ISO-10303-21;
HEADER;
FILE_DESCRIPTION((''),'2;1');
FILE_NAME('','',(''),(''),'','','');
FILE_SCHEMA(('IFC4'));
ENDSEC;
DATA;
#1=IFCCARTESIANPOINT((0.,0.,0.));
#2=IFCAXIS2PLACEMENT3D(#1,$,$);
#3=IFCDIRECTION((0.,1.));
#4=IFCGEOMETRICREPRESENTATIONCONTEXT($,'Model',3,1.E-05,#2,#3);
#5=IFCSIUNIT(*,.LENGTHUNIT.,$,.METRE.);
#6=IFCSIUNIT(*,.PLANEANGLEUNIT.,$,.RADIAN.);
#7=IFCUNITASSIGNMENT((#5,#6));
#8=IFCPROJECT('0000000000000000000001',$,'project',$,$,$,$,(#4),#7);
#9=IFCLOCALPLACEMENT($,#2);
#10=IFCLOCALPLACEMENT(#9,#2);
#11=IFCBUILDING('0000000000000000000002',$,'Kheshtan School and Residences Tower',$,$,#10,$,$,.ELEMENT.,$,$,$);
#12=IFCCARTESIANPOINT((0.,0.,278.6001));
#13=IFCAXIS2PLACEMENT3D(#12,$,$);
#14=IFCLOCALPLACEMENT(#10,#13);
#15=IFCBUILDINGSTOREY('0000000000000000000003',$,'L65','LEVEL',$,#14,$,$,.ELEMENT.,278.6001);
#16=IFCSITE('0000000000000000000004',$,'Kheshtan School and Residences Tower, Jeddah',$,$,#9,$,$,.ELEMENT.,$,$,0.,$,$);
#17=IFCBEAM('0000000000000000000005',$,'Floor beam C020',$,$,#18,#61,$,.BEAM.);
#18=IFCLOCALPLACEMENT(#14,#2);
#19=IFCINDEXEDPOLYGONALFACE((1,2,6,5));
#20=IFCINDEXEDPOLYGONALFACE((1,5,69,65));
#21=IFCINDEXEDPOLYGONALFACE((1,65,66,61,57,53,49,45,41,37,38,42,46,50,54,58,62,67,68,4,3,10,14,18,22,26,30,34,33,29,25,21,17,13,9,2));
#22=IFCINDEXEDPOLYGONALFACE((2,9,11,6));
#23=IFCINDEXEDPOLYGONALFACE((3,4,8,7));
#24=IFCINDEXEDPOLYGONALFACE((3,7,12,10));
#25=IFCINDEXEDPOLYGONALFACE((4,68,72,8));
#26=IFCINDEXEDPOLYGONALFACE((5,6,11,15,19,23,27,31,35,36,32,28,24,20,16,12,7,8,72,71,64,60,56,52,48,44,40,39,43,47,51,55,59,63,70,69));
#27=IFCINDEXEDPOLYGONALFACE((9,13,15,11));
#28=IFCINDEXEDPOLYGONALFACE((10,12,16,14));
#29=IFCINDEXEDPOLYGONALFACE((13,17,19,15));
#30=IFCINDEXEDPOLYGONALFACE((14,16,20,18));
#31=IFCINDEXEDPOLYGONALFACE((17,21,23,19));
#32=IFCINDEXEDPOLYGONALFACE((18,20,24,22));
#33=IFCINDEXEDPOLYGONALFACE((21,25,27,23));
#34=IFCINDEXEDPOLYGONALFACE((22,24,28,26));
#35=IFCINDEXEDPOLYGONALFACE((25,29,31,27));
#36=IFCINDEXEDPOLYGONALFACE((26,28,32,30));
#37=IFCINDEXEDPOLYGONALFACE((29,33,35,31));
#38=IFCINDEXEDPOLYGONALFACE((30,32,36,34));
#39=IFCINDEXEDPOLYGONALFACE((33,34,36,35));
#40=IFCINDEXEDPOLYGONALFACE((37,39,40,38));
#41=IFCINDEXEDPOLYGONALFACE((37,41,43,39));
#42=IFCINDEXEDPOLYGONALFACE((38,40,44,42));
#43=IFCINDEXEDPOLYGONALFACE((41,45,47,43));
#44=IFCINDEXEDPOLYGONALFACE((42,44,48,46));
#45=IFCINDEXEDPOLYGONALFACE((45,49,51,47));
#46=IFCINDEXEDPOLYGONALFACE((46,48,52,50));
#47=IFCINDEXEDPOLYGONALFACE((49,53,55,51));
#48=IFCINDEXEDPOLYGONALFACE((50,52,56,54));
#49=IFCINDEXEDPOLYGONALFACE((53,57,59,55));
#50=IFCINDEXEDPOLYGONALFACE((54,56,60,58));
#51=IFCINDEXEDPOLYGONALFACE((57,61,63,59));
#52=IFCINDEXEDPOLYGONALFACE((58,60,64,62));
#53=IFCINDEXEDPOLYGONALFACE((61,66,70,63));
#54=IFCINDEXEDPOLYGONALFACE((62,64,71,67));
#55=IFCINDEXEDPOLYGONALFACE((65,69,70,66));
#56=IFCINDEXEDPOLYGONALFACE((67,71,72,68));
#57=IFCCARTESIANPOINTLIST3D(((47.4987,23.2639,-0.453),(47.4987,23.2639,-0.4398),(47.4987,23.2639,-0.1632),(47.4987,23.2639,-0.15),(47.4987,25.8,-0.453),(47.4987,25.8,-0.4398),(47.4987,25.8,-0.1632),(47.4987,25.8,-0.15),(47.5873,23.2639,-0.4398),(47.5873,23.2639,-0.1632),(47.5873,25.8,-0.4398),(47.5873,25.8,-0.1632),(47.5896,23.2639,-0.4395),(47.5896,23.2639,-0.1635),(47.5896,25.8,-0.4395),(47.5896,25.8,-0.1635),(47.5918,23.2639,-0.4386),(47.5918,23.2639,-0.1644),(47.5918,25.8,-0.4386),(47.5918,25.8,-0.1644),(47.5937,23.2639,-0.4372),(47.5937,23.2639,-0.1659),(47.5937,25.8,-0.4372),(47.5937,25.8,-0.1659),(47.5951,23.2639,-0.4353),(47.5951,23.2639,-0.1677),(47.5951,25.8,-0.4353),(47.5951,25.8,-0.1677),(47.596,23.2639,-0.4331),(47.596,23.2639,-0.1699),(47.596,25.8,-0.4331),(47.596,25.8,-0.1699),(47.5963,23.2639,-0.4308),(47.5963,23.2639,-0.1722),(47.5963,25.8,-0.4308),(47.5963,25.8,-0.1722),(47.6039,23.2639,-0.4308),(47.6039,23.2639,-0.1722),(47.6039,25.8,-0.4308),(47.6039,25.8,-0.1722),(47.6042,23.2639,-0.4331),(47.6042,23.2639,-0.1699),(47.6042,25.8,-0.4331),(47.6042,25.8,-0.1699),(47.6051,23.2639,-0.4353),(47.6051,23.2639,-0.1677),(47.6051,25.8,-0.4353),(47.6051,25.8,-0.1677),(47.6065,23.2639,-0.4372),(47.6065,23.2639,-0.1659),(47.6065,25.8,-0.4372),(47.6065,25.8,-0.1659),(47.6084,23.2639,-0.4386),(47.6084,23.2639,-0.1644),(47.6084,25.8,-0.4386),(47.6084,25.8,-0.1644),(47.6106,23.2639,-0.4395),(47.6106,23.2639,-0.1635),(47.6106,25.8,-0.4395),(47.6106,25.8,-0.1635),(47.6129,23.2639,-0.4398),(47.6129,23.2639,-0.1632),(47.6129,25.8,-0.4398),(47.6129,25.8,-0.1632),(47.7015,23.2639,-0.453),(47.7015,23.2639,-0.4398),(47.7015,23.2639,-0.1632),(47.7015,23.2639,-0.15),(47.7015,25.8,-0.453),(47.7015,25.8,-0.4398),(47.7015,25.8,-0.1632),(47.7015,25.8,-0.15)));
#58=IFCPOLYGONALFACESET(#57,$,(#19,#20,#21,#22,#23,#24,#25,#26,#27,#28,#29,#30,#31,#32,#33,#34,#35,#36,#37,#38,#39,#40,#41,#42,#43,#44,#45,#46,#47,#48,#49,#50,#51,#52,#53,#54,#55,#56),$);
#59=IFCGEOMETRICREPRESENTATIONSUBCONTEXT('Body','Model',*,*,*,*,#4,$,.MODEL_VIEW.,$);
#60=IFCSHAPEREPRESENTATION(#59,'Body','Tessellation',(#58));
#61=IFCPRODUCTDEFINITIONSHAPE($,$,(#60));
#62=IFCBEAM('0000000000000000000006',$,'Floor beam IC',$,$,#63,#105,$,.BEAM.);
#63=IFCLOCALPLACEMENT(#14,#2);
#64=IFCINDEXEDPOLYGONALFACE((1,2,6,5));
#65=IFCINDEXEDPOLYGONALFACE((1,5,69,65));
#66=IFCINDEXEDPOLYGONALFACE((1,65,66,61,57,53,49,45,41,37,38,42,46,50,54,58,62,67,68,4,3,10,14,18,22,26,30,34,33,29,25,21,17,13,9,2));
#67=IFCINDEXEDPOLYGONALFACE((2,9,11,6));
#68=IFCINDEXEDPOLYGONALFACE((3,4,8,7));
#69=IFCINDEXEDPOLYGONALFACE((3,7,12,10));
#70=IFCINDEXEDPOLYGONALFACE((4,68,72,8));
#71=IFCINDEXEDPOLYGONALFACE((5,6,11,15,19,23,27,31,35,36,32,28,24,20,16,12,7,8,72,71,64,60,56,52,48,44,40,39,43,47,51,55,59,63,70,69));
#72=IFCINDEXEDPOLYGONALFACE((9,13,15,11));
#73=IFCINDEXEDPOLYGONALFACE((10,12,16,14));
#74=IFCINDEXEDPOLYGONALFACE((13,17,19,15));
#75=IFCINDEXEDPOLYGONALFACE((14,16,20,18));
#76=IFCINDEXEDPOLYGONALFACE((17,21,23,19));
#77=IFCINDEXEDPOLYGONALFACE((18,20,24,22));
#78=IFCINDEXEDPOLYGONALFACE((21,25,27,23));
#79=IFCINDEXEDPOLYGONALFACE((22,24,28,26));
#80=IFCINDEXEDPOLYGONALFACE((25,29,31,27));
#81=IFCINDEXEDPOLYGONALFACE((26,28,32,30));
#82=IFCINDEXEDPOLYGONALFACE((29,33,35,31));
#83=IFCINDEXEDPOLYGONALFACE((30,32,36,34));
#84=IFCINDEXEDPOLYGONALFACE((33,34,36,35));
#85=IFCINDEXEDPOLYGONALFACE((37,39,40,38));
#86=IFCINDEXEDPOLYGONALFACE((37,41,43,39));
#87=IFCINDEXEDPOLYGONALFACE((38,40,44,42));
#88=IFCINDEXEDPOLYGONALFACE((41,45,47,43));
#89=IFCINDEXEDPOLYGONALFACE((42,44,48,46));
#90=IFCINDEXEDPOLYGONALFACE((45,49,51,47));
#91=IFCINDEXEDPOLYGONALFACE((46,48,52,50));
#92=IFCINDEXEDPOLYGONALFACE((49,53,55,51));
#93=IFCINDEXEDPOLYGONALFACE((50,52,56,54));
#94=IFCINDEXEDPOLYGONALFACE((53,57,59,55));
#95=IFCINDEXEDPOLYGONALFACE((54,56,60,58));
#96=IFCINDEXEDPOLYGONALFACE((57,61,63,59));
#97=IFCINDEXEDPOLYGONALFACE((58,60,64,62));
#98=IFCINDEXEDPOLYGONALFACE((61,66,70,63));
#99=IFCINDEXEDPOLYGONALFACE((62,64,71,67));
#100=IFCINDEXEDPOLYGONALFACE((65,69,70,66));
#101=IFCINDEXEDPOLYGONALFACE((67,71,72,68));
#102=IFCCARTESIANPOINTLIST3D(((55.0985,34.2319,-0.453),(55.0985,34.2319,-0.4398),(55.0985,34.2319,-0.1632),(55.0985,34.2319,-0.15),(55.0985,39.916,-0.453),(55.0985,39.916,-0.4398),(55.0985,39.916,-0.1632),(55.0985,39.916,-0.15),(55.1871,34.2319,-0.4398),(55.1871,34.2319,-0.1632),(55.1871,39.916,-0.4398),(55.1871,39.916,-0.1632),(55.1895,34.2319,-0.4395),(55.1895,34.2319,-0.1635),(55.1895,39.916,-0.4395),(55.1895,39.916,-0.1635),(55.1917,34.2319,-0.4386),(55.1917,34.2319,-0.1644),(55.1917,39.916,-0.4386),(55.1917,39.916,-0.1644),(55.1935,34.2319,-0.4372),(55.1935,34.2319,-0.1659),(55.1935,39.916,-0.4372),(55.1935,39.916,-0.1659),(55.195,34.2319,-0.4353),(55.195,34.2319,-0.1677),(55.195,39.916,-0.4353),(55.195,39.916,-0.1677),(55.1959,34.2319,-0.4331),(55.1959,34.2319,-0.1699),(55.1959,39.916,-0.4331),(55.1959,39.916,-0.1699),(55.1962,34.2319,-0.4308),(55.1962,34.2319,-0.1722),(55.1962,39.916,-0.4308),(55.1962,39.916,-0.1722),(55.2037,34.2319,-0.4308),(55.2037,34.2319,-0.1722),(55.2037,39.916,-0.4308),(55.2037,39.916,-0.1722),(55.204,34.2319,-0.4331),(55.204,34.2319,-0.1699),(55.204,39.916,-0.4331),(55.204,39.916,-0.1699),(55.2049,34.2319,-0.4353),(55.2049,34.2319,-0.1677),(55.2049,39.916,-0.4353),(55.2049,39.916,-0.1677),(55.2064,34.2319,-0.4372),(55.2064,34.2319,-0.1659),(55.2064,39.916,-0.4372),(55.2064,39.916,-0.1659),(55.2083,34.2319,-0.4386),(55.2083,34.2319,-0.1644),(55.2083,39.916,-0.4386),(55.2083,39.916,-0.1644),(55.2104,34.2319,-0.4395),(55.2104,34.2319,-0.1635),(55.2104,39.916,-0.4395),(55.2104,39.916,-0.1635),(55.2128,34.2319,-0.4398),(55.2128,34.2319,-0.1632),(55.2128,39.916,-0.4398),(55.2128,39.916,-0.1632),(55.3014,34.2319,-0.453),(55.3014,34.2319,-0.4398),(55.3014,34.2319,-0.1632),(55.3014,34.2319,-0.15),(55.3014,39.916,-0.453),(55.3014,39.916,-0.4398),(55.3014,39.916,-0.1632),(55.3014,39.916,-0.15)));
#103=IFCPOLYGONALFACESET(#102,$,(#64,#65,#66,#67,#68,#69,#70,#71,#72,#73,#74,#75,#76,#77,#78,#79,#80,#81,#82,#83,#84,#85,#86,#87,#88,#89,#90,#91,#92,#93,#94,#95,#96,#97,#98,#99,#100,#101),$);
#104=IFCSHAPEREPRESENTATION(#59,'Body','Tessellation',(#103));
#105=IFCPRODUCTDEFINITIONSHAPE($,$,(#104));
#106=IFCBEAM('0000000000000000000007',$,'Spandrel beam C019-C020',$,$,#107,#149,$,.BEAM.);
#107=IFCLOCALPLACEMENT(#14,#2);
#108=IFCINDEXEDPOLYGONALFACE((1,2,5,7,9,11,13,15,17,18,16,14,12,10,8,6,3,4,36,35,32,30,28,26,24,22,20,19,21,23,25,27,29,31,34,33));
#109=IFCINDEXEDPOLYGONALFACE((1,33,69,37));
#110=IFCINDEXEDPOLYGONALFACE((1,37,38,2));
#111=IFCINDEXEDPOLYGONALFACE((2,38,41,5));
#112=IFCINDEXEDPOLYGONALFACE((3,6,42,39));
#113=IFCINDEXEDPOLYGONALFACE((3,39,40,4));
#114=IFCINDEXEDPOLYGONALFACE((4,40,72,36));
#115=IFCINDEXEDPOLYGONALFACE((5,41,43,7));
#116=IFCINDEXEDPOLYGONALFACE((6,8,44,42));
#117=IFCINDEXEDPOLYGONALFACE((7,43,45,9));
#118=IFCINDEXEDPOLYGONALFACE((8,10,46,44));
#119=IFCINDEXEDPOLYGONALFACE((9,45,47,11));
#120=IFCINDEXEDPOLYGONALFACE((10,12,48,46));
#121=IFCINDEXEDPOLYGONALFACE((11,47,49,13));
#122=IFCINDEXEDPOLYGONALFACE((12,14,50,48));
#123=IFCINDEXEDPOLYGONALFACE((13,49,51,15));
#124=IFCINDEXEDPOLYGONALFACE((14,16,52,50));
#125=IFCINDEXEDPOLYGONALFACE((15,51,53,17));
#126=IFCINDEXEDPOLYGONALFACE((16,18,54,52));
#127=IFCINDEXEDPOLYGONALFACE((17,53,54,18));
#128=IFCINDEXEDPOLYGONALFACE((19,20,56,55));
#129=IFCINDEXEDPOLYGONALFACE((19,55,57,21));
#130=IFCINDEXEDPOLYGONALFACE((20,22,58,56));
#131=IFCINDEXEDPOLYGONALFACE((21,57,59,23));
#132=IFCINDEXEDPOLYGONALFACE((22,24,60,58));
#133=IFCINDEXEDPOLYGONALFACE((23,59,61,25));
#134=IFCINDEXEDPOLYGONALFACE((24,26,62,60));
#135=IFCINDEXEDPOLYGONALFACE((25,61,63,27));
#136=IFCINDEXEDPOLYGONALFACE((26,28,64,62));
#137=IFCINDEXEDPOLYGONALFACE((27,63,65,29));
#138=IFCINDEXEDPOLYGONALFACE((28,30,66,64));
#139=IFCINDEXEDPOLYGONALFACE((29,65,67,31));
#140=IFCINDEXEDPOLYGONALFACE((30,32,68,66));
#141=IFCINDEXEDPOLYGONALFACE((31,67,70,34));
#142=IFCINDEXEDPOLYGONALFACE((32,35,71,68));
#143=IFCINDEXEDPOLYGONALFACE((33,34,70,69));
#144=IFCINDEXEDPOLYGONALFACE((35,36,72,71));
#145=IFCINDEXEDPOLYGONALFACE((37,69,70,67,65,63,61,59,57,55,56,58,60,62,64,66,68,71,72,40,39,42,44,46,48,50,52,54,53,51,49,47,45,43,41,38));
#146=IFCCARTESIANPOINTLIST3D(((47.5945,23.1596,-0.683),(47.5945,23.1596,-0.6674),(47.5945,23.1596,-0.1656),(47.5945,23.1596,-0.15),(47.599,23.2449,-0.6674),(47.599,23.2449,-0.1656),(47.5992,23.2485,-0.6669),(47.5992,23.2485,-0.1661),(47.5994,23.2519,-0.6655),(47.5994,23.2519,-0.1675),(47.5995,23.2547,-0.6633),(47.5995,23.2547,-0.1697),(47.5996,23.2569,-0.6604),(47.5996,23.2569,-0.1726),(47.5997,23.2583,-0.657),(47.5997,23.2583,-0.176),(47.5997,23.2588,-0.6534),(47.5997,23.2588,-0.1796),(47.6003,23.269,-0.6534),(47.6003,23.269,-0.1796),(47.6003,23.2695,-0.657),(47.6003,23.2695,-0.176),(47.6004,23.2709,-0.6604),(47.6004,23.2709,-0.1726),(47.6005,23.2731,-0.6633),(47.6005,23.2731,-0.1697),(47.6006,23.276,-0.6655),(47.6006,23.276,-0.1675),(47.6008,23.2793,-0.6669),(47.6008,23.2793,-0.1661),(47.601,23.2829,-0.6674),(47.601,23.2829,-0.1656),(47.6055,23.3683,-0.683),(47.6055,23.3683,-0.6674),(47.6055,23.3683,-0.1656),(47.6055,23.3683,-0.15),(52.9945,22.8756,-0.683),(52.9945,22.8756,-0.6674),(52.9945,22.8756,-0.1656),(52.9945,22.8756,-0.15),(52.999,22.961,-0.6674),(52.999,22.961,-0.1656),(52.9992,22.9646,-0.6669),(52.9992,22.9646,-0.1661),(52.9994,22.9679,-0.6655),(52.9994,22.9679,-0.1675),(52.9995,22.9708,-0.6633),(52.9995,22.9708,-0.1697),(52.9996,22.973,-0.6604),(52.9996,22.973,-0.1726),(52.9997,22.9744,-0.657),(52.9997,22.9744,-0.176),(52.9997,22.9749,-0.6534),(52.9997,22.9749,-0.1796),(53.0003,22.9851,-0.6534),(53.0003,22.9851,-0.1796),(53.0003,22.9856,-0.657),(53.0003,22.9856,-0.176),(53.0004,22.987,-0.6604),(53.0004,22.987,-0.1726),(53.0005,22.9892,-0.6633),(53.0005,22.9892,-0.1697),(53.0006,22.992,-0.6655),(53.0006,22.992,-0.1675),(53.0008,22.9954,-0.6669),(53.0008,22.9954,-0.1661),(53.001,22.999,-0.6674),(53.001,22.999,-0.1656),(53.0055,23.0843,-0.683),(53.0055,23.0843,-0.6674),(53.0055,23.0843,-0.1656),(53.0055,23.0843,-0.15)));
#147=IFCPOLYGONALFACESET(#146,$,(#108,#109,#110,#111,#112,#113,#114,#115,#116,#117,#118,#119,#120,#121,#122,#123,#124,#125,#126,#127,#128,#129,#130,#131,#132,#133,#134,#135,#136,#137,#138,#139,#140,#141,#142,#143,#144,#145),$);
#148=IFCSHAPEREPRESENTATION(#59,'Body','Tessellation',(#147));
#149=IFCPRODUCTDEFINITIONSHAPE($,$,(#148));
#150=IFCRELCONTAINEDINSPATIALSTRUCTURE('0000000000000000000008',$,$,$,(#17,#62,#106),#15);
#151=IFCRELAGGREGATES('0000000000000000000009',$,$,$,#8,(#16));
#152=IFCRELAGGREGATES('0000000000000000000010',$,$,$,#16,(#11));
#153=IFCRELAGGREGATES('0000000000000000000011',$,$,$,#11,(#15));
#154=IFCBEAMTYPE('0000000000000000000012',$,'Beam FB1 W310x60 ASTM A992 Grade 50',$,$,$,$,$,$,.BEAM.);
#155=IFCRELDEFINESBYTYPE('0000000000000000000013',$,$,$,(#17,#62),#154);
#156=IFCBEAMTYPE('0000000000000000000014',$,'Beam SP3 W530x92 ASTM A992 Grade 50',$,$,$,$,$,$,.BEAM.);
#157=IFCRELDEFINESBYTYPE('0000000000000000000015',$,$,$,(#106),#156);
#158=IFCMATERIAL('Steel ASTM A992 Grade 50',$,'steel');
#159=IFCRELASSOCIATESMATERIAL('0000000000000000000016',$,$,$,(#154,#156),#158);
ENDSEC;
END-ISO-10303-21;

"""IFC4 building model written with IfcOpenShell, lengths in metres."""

from ifc_helpers import new_model, si_unit, direction, frame, origin, origin_2d, place, context, subcontext, project, spatial, i_section, extrude, material, material_profile, profile_set, type_object, element, save


model = new_model("IFC4")

# Units and contexts
model_context = context("Model", 3, precision=1e-05, world=origin(), true_north=direction((0.0, 1.0)))
body_context = subcontext(model_context, "Body", "Model", "MODEL_VIEW")
ifc_project = project(units=[si_unit("LENGTHUNIT", "METRE"), si_unit("PLANEANGLEUNIT", "RADIAN")], contexts=[model_context])

# Site, building, storey
site_placement = place(None, origin())
site = spatial("IfcSite", under=ifc_project, at=site_placement, Name="Kheshtan School and Residences Tower, Jeddah", CompositionType="ELEMENT", RefElevation=0.0)
building_placement = place(site_placement, origin())
building = spatial("IfcBuilding", under=site, at=building_placement, Name="Kheshtan School and Residences Tower", CompositionType="ELEMENT")
storey_placement = place(building_placement, frame((0.0, 0.0, 278.6001)))
storey = spatial("IfcBuildingStorey", under=building, at=storey_placement, Name="L65", Description="LEVEL", CompositionType="ELEMENT", Elevation=278.6001)

# Shared definitions
ifc_material_1 = material(Name="Steel ASTM A992 Grade 50", Category="steel")

# Beams
ifc_material_profile_1 = material_profile(ifc_material_1, i_section(OverallWidth=0.2029, OverallDepth=0.303, WebThickness=0.0076, FlangeThickness=0.0132, FilletRadius=0.009, at=origin_2d()), Name="W310x60")
ifc_profile_set_1 = profile_set([ifc_material_profile_1], Name="Steel ASTM A992 Grade 50")
beam_type_1 = type_object("IfcBeamType", Name="Beam FB1 W310x60 ASTM A992 Grade 50", PredefinedType="BEAM", material=ifc_profile_set_1)
beam_1_placement = place(storey_placement, frame((47.6001, 23.2639, -0.3015), z_axis=(0.0, 1.0, 0.0), x_axis=(-1.0, 0.0, 0.0)))
element("IfcBeam", 1, at=beam_1_placement, inside=storey, type_object=beam_type_1, Name="Floor beam C020", PredefinedType="BEAM", context=body_context, shape_type="SweptSolid", body=[
    extrude(i_section(OverallWidth=0.2029, OverallDepth=0.303, WebThickness=0.0076, FlangeThickness=0.0132, FilletRadius=0.009, at=origin_2d()), origin(), (0.0, 0.0, 1.0), 2.5361),
])
beam_2_placement = place(storey_placement, frame((55.2, 34.2319, -0.3015), z_axis=(0.0, 1.0, 0.0), x_axis=(-1.0, 0.0, 0.0)))
element("IfcBeam", 2, at=beam_2_placement, inside=storey, type_object=beam_type_1, Name="Floor beam IC", PredefinedType="BEAM", context=body_context, shape_type="SweptSolid", body=[
    extrude(i_section(OverallWidth=0.2029, OverallDepth=0.303, WebThickness=0.0076, FlangeThickness=0.0132, FilletRadius=0.009, at=origin_2d()), origin(), (0.0, 0.0, 1.0), 5.6841),
])
ifc_material_profile_2 = material_profile(ifc_material_1, i_section(OverallWidth=0.209, OverallDepth=0.533, WebThickness=0.0103, FlangeThickness=0.0156, FilletRadius=0.0139, at=origin_2d()), Name="W530x92")
ifc_profile_set_2 = profile_set([ifc_material_profile_2], Name="Steel ASTM A992 Grade 50")
beam_type_2 = type_object("IfcBeamType", Name="Beam SP3 W530x92 ASTM A992 Grade 50", PredefinedType="BEAM", material=ifc_profile_set_2)
beam_3_placement = place(storey_placement, frame((53.0, 22.98, -0.4165), z_axis=(-0.99862, 0.052509, 0.0), x_axis=(-0.052509, -0.99862, 0.0)))
element("IfcBeam", 3, at=beam_3_placement, inside=storey, type_object=beam_type_2, Name="Spandrel beam C019-C020", PredefinedType="BEAM", context=body_context, shape_type="SweptSolid", body=[
    extrude(i_section(OverallWidth=0.209, OverallDepth=0.533, WebThickness=0.0103, FlangeThickness=0.0156, FilletRadius=0.0139, at=origin_2d()), origin(), (0.0, 0.0, 1.0), 5.4075),
])

save(model, "model.ifc")
